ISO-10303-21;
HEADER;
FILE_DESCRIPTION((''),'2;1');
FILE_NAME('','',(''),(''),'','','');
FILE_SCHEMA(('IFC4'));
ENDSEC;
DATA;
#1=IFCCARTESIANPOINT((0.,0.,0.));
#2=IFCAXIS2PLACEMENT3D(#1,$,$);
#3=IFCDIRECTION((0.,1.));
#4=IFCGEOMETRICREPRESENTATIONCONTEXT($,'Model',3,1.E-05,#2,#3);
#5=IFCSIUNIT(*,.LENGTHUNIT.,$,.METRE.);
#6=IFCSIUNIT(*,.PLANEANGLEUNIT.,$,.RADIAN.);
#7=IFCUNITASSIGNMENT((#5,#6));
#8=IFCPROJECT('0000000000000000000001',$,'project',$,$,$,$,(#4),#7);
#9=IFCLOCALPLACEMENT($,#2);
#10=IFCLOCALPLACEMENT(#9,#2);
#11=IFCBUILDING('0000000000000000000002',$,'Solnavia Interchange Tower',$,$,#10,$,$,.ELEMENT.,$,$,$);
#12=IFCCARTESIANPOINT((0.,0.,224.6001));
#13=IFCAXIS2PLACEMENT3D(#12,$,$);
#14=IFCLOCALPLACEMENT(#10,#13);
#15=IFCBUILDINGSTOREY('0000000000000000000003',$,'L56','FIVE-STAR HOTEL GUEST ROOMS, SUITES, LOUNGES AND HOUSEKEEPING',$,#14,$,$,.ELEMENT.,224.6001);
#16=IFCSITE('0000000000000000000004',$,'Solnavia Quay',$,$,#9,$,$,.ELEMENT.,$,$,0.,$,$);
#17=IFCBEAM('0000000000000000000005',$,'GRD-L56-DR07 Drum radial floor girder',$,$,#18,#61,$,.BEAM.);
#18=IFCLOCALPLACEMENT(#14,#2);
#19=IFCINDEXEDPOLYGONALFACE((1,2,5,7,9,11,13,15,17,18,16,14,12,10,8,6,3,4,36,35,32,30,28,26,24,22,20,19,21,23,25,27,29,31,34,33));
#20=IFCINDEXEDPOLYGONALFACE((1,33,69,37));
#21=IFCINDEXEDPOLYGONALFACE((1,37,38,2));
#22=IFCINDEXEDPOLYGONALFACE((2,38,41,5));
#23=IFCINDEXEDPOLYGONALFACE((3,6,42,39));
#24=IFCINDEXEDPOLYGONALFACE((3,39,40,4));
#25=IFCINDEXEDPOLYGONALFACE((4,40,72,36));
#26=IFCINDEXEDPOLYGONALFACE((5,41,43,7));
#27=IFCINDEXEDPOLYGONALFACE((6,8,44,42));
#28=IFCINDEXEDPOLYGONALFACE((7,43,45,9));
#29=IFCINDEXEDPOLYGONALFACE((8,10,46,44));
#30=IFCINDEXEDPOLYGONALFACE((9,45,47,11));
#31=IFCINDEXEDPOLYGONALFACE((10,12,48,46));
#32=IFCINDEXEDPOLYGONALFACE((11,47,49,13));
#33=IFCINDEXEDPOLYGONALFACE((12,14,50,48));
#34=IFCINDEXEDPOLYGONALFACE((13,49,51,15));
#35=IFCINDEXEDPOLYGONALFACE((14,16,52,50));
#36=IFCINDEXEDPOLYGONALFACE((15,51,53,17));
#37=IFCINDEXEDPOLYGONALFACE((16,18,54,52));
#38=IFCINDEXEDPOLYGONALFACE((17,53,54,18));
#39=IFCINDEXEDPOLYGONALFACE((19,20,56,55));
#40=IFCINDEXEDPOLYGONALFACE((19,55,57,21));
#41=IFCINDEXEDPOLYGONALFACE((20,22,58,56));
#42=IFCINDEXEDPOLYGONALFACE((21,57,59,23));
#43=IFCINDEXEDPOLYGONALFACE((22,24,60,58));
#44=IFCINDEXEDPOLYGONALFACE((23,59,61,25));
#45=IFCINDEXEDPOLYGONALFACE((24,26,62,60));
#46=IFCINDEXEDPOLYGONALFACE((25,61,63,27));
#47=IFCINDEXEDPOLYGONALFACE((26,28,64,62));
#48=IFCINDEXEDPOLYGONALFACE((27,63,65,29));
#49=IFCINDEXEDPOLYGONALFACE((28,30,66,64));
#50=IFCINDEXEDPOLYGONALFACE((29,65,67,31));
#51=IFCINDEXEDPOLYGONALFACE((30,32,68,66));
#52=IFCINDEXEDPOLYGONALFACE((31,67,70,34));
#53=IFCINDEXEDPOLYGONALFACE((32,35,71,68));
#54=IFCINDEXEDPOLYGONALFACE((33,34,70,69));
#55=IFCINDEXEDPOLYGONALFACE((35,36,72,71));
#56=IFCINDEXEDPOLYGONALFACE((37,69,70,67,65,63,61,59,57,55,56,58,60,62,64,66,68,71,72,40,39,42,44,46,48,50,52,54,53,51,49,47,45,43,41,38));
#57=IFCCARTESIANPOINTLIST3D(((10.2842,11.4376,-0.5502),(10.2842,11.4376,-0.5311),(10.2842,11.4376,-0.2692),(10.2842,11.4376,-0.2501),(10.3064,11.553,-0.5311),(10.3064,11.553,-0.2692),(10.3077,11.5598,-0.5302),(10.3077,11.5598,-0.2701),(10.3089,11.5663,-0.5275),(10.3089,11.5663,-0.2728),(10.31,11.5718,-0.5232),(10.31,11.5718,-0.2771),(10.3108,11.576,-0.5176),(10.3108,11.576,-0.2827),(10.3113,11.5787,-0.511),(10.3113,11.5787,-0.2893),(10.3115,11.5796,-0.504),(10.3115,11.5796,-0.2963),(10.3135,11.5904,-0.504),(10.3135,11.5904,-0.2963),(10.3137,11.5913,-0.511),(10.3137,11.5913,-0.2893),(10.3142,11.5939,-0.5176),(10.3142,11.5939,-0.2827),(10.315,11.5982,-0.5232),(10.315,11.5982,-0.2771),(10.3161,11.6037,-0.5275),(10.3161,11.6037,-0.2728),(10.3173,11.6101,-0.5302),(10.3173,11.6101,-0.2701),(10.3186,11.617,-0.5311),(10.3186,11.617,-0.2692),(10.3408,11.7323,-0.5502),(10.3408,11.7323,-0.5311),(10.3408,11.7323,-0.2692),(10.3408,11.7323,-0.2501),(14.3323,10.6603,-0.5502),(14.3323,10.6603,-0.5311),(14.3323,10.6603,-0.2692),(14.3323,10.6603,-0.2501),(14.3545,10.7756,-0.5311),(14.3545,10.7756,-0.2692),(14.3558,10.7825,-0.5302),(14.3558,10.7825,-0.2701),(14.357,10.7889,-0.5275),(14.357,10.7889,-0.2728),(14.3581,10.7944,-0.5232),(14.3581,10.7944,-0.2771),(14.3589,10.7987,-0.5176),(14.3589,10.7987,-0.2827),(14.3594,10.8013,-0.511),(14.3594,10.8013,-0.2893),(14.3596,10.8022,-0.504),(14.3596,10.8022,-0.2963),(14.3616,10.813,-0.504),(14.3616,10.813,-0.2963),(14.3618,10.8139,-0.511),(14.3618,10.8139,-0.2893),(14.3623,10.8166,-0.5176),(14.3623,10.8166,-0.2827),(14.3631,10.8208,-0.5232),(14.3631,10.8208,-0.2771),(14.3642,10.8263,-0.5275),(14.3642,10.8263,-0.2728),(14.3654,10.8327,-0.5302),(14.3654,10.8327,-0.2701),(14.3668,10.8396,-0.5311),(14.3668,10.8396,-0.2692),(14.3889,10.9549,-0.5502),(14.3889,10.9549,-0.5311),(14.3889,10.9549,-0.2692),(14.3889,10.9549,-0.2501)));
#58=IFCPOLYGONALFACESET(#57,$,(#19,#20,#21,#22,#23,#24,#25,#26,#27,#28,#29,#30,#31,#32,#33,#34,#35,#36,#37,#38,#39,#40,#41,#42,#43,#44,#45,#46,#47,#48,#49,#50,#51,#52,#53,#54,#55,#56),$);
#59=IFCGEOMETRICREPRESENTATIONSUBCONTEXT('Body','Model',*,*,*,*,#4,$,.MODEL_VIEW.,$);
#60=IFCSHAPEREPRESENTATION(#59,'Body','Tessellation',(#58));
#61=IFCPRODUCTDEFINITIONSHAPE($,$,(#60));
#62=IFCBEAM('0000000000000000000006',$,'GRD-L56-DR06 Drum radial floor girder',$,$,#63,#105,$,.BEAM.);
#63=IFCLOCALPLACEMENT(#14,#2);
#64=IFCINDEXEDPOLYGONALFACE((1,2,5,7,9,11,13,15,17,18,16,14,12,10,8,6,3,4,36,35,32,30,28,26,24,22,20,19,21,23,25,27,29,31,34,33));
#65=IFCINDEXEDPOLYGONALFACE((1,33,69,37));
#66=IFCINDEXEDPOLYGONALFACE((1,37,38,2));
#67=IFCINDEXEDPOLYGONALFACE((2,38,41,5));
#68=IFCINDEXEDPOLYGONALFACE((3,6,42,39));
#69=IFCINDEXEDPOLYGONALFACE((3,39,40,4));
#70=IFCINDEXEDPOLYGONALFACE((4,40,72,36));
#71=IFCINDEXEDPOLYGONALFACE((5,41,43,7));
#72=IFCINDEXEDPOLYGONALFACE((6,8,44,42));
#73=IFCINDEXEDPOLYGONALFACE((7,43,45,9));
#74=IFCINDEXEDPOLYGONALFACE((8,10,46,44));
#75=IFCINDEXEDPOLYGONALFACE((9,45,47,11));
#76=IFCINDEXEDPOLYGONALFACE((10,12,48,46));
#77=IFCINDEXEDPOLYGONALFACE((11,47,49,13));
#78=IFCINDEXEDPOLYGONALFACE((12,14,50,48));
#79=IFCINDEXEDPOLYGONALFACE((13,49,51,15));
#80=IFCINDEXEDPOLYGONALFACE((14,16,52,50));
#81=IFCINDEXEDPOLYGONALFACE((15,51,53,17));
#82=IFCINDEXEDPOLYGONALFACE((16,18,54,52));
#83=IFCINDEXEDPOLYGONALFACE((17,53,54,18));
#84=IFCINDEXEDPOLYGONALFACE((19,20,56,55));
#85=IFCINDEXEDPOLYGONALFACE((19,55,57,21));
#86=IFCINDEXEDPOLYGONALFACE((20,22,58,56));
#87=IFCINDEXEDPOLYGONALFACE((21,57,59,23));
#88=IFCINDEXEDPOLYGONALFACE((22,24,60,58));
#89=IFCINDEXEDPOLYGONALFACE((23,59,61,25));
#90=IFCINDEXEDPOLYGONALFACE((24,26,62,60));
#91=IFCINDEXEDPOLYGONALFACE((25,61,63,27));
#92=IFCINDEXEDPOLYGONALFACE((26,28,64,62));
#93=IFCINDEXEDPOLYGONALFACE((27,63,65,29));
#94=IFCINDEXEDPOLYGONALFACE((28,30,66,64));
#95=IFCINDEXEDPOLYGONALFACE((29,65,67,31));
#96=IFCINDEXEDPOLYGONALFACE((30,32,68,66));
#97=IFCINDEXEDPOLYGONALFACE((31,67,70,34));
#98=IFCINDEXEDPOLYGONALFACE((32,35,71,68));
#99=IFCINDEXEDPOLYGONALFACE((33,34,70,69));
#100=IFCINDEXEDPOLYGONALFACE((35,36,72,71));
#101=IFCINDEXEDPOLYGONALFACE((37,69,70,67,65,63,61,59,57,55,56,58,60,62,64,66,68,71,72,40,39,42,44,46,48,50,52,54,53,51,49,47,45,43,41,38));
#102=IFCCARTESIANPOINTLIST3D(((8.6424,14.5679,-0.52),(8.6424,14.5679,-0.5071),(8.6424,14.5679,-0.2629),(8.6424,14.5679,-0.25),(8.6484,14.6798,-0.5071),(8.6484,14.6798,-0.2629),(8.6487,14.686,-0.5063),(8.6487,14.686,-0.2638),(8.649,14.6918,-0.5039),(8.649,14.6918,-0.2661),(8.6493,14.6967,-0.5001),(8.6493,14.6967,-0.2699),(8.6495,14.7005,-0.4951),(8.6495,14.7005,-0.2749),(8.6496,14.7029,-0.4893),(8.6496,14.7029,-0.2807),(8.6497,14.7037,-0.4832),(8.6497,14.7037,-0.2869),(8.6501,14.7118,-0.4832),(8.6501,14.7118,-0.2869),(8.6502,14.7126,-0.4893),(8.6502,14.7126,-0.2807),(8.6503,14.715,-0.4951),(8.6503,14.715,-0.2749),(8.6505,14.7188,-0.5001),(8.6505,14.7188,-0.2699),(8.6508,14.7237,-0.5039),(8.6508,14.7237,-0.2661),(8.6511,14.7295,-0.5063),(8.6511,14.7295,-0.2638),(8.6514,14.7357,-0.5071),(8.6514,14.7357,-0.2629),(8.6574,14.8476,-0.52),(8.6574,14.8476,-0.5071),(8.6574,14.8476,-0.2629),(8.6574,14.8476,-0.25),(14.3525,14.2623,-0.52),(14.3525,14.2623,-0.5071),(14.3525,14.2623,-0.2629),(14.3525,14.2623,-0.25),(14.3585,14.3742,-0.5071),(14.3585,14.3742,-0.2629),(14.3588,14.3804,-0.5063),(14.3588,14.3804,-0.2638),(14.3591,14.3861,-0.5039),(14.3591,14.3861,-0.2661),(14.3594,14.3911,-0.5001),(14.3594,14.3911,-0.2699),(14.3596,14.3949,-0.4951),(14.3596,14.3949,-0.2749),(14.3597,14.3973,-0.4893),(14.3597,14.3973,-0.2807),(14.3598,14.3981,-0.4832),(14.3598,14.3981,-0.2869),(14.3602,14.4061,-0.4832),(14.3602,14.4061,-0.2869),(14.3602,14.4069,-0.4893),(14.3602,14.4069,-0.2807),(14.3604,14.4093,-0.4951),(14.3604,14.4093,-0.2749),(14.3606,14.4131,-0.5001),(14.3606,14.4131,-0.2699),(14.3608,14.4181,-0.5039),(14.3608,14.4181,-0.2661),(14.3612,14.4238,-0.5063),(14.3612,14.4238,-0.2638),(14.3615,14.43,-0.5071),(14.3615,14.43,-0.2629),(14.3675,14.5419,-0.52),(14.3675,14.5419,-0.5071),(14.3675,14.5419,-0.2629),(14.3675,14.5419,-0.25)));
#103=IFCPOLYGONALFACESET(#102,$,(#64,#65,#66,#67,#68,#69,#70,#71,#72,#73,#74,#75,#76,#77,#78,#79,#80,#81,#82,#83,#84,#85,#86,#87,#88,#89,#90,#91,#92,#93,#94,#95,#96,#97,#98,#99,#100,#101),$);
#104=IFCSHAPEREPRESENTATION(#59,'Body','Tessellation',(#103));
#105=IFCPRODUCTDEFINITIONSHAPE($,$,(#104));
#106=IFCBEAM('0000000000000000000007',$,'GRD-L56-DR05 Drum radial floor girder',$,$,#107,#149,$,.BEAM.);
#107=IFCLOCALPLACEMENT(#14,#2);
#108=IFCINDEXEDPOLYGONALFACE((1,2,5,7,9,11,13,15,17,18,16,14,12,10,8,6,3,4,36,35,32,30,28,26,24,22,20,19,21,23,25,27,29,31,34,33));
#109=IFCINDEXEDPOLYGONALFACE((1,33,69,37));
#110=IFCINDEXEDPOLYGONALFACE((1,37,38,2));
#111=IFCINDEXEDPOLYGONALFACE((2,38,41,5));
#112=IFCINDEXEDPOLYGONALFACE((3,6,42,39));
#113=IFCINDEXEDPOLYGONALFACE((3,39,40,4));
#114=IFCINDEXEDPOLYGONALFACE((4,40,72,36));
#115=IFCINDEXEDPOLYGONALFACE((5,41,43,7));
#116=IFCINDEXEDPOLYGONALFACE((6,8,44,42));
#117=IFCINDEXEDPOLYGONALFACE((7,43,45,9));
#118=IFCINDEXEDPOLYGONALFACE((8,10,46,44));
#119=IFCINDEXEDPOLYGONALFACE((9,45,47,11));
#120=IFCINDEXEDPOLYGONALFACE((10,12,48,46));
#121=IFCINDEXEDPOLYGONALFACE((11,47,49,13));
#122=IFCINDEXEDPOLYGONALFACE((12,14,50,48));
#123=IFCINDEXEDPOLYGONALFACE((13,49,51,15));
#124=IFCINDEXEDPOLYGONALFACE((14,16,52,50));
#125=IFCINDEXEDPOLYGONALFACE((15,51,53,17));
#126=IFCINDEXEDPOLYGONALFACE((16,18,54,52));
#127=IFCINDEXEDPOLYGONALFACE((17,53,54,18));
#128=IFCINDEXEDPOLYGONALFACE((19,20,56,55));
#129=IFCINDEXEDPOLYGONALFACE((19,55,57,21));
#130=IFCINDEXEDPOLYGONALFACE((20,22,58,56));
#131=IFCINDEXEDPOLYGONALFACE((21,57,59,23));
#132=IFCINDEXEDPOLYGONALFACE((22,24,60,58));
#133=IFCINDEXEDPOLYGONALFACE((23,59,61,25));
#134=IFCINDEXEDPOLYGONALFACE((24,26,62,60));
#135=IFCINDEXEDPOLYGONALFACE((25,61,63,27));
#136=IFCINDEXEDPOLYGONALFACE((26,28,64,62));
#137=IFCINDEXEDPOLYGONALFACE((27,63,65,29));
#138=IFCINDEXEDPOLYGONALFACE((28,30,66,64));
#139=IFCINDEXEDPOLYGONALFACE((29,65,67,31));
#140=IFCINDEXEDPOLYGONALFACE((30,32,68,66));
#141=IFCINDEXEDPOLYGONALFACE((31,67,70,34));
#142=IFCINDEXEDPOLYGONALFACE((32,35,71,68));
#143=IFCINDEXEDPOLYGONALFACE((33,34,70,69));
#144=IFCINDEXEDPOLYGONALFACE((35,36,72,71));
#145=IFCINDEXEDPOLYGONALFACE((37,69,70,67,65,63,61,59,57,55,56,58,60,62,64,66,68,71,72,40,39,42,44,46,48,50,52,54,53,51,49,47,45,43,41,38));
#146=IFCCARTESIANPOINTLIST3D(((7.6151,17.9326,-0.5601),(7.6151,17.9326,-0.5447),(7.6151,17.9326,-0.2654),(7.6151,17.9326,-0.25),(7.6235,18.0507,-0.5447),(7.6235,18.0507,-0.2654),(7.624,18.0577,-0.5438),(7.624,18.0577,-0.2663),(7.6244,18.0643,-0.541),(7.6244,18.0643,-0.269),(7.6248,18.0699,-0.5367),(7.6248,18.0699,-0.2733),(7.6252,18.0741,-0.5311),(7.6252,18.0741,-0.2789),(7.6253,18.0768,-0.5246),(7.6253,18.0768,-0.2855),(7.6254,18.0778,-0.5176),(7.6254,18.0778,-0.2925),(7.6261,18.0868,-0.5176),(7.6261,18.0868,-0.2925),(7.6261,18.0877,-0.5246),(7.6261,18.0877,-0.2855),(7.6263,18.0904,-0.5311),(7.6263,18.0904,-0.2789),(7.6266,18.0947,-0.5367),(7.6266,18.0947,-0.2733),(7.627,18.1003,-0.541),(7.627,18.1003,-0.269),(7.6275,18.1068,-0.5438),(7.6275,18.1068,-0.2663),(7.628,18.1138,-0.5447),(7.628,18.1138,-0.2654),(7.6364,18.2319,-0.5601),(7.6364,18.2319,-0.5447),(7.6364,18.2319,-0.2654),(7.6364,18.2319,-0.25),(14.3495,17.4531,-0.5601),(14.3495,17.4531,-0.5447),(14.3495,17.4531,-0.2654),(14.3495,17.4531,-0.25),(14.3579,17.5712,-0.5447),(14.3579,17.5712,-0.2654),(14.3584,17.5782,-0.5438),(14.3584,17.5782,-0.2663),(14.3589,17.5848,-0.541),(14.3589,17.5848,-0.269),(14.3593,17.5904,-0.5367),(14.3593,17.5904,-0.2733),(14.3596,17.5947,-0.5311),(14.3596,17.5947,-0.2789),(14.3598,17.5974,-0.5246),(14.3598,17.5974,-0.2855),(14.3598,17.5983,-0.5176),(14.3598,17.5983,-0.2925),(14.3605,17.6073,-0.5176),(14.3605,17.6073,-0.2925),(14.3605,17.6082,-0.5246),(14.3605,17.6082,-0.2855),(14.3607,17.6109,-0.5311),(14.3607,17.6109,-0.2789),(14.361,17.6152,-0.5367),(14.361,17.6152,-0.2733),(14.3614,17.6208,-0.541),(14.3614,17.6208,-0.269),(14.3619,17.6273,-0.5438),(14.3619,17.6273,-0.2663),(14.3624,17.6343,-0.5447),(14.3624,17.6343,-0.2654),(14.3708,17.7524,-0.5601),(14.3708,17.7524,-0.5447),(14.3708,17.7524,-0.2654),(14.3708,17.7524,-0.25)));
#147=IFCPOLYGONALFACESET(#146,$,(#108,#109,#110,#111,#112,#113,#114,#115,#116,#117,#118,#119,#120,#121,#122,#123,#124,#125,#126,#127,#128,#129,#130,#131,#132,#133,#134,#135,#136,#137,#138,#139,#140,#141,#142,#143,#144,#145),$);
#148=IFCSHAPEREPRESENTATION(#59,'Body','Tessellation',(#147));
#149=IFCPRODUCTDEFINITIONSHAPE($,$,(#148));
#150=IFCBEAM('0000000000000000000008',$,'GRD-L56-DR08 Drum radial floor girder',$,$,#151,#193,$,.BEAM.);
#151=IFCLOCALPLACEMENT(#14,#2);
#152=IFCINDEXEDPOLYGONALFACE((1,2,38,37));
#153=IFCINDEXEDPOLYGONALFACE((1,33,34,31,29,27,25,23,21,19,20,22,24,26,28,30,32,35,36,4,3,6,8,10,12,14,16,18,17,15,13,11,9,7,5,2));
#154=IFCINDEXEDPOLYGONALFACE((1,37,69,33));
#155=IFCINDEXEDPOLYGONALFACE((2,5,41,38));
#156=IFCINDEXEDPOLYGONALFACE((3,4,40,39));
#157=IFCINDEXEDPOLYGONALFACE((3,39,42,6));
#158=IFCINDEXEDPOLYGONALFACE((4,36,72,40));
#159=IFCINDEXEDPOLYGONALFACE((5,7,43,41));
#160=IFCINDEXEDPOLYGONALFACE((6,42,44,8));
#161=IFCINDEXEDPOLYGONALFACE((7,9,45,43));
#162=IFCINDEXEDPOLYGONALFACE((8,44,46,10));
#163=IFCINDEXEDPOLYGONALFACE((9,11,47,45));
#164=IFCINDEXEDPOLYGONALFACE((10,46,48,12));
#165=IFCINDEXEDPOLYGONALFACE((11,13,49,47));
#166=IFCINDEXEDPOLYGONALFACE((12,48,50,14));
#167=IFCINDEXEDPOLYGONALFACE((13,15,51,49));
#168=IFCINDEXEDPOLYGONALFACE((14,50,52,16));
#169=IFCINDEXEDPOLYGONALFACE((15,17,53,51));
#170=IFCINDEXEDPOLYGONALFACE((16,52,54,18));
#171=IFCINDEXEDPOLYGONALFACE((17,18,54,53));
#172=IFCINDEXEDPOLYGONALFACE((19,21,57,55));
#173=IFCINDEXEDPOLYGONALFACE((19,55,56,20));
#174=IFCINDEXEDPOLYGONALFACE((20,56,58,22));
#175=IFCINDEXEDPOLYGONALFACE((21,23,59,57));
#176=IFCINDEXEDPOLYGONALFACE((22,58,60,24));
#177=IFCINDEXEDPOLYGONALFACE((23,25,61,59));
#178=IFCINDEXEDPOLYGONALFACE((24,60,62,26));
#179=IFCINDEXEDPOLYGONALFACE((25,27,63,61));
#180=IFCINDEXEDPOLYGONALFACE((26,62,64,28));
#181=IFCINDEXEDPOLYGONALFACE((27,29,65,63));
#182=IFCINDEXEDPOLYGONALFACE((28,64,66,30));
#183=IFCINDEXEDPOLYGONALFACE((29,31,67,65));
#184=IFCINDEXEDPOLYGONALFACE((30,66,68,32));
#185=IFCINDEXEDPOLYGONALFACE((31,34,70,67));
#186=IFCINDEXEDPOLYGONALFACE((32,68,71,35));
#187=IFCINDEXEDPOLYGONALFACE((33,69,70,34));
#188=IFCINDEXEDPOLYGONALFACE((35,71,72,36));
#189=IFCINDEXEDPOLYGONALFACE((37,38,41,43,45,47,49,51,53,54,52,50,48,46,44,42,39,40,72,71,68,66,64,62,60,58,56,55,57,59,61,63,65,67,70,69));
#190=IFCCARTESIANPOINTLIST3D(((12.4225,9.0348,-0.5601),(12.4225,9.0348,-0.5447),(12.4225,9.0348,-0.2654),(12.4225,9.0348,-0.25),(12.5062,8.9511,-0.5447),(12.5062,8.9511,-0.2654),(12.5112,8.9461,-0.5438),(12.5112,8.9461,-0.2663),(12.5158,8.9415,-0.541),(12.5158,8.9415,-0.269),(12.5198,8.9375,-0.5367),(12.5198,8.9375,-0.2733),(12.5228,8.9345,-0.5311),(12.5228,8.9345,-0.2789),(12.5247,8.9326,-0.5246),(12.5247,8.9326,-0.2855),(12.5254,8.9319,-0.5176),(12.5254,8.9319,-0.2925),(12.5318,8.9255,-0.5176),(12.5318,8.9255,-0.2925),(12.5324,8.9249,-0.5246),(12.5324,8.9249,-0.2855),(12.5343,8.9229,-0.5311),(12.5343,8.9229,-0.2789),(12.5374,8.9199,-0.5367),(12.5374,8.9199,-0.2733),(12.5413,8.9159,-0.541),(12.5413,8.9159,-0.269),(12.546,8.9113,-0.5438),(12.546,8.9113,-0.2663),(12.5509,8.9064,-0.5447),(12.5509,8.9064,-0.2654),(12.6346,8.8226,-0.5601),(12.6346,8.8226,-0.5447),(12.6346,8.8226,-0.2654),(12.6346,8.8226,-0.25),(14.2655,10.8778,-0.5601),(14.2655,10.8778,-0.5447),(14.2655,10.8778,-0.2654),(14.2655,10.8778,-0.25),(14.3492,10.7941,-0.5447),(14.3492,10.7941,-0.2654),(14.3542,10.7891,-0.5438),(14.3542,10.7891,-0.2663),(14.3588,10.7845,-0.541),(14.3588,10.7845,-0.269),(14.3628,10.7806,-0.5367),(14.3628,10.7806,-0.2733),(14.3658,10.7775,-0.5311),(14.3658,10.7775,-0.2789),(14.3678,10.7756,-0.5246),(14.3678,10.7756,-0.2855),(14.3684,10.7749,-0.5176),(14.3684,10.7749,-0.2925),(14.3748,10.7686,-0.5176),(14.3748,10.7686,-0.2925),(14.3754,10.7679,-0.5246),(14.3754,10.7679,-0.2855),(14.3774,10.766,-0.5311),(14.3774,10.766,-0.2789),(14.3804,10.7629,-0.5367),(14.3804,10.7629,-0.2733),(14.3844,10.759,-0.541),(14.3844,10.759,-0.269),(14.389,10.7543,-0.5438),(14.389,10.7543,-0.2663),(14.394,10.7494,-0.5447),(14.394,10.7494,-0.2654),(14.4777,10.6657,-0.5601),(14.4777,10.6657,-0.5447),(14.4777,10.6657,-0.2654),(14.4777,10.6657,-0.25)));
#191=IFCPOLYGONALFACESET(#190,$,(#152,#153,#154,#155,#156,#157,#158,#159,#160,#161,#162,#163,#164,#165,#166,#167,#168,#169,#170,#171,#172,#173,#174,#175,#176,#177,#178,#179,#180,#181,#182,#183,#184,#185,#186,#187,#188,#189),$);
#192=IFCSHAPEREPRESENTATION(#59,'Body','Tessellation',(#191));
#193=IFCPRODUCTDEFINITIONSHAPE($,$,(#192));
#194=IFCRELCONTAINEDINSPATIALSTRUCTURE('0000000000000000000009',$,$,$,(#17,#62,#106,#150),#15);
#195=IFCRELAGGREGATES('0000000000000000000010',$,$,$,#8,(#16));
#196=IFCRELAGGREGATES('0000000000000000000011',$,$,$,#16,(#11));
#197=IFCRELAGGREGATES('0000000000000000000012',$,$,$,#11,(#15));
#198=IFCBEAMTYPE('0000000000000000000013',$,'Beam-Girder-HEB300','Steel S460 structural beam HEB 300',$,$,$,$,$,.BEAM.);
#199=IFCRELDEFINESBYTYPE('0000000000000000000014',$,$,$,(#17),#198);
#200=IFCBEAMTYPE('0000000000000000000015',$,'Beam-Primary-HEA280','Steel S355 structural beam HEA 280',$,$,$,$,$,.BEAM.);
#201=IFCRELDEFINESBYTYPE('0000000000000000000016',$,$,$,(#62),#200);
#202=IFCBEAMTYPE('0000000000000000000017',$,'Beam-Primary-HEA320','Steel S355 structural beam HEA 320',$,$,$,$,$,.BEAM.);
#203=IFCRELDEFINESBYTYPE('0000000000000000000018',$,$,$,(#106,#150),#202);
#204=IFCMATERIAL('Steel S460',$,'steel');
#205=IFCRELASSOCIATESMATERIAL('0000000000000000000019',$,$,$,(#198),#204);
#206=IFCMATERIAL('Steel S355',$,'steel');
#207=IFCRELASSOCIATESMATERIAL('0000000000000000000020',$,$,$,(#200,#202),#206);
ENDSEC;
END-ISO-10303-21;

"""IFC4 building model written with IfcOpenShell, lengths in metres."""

from ifc_helpers import new_model, si_unit, direction, frame, origin, origin_2d, place, context, subcontext, project, spatial, i_section, extrude, material, material_profile, profile_set, type_object, element, save


model = new_model("IFC4")

# Units and contexts
model_context = context("Model", 3, precision=1e-05, world=origin(), true_north=direction((0.0, 1.0)))
body_context = subcontext(model_context, "Body", "Model", "MODEL_VIEW")
ifc_project = project(units=[si_unit("LENGTHUNIT", "METRE"), si_unit("PLANEANGLEUNIT", "RADIAN")], contexts=[model_context])

# Site, building, storey
site_placement = place(None, origin())
site = spatial("IfcSite", under=ifc_project, at=site_placement, Name="Solnavia Quay", CompositionType="ELEMENT", RefElevation=0.0)
building_placement = place(site_placement, origin())
building = spatial("IfcBuilding", under=site, at=building_placement, Name="Solnavia Interchange Tower", CompositionType="ELEMENT")
storey_placement = place(building_placement, frame((0.0, 0.0, 224.6001)))
storey = spatial("IfcBuildingStorey", under=building, at=storey_placement, Name="L56", Description="FIVE-STAR HOTEL GUEST ROOMS, SUITES, LOUNGES AND HOUSEKEEPING", CompositionType="ELEMENT", Elevation=224.6001)

# Beams
ifc_material_1 = material(Name="Steel S460", Category="steel")
ifc_material_profile_1 = material_profile(ifc_material_1, i_section(OverallWidth=0.3, OverallDepth=0.3, WebThickness=0.011, FlangeThickness=0.019, FilletRadius=0.0271, at=origin_2d()), Name="HEB 300")
ifc_profile_set_1 = profile_set([ifc_material_profile_1], Name="Steel S460")
beam_type_1 = type_object("IfcBeamType", Name="Beam-Girder-HEB300", Description="Steel S460 structural beam HEB 300", PredefinedType="BEAM", material=ifc_profile_set_1)
beam_1_placement = place(storey_placement, frame((10.3125, 11.585, -0.4001), z_axis=(0.982058, -0.188582, 0.0), x_axis=(0.188582, 0.982058, 0.0)))
element("IfcBeam", 1, at=beam_1_placement, inside=storey, type_object=beam_type_1, Name="GRD-L56-DR07 Drum radial floor girder", PredefinedType="BEAM", context=body_context, shape_type="SweptSolid", body=[
    extrude(i_section(OverallWidth=0.3, OverallDepth=0.3, WebThickness=0.011, FlangeThickness=0.019, FilletRadius=0.0271, at=origin_2d()), origin(), (0.0, 0.0, 1.0), 4.1221),
])
ifc_material_2 = material(Name="Steel S355", Category="steel")
ifc_material_profile_2 = material_profile(ifc_material_2, i_section(OverallWidth=0.28, OverallDepth=0.27, WebThickness=0.0081, FlangeThickness=0.0129, FilletRadius=0.0239, at=origin_2d()), Name="HEA 280")
ifc_profile_set_2 = profile_set([ifc_material_profile_2], Name="Steel S355")
beam_type_2 = type_object("IfcBeamType", Name="Beam-Primary-HEA280", Description="Steel S355 structural beam HEA 280", PredefinedType="BEAM", material=ifc_profile_set_2)
beam_2_placement = place(storey_placement, frame((8.6499, 14.7078, -0.385), z_axis=(0.99857, -0.053453, 0.0), x_axis=(0.053453, 0.99857, 0.0)))
element("IfcBeam", 2, at=beam_2_placement, inside=storey, type_object=beam_type_2, Name="GRD-L56-DR06 Drum radial floor girder", PredefinedType="BEAM", context=body_context, shape_type="SweptSolid", body=[
    extrude(i_section(OverallWidth=0.28, OverallDepth=0.27, WebThickness=0.0081, FlangeThickness=0.0129, FilletRadius=0.0239, at=origin_2d()), origin(), (0.0, 0.0, 1.0), 5.7183),
])
ifc_material_profile_3 = material_profile(ifc_material_2, i_section(OverallWidth=0.3, OverallDepth=0.3101, WebThickness=0.009, FlangeThickness=0.0154, FilletRadius=0.0271, at=origin_2d()), Name="HEA 320")
ifc_profile_set_3 = profile_set([ifc_material_profile_3], Name="Steel S355")
beam_type_3 = type_object("IfcBeamType", Name="Beam-Primary-HEA320", Description="Steel S355 structural beam HEA 320", PredefinedType="BEAM", material=ifc_profile_set_3)
beam_3_placement = place(storey_placement, frame((7.6257, 18.0823, -0.405), z_axis=(0.997475, -0.071021, 0.0), x_axis=(0.071021, 0.997475, 0.0)))
element("IfcBeam", 3, at=beam_3_placement, inside=storey, type_object=beam_type_3, Name="GRD-L56-DR05 Drum radial floor girder", PredefinedType="BEAM", context=body_context, shape_type="SweptSolid", body=[
    extrude(i_section(OverallWidth=0.3, OverallDepth=0.3101, WebThickness=0.009, FlangeThickness=0.0154, FilletRadius=0.0271, at=origin_2d()), origin(), (0.0, 0.0, 1.0), 6.7515),
])
beam_4_placement = place(storey_placement, frame((12.5286, 8.9287, -0.405), z_axis=(0.707107, 0.707107, 0.0), x_axis=(-0.707107, 0.707107, 0.0)))
element("IfcBeam", 4, at=beam_4_placement, inside=storey, type_object=beam_type_3, Name="GRD-L56-DR08 Drum radial floor girder", PredefinedType="BEAM", context=body_context, shape_type="SweptSolid", body=[
    extrude(i_section(OverallWidth=0.3, OverallDepth=0.3101, WebThickness=0.009, FlangeThickness=0.0154, FilletRadius=0.0271, at=origin_2d()), origin(), (0.0, 0.0, 1.0), 2.6064),
])

save(model, "model.ifc")
